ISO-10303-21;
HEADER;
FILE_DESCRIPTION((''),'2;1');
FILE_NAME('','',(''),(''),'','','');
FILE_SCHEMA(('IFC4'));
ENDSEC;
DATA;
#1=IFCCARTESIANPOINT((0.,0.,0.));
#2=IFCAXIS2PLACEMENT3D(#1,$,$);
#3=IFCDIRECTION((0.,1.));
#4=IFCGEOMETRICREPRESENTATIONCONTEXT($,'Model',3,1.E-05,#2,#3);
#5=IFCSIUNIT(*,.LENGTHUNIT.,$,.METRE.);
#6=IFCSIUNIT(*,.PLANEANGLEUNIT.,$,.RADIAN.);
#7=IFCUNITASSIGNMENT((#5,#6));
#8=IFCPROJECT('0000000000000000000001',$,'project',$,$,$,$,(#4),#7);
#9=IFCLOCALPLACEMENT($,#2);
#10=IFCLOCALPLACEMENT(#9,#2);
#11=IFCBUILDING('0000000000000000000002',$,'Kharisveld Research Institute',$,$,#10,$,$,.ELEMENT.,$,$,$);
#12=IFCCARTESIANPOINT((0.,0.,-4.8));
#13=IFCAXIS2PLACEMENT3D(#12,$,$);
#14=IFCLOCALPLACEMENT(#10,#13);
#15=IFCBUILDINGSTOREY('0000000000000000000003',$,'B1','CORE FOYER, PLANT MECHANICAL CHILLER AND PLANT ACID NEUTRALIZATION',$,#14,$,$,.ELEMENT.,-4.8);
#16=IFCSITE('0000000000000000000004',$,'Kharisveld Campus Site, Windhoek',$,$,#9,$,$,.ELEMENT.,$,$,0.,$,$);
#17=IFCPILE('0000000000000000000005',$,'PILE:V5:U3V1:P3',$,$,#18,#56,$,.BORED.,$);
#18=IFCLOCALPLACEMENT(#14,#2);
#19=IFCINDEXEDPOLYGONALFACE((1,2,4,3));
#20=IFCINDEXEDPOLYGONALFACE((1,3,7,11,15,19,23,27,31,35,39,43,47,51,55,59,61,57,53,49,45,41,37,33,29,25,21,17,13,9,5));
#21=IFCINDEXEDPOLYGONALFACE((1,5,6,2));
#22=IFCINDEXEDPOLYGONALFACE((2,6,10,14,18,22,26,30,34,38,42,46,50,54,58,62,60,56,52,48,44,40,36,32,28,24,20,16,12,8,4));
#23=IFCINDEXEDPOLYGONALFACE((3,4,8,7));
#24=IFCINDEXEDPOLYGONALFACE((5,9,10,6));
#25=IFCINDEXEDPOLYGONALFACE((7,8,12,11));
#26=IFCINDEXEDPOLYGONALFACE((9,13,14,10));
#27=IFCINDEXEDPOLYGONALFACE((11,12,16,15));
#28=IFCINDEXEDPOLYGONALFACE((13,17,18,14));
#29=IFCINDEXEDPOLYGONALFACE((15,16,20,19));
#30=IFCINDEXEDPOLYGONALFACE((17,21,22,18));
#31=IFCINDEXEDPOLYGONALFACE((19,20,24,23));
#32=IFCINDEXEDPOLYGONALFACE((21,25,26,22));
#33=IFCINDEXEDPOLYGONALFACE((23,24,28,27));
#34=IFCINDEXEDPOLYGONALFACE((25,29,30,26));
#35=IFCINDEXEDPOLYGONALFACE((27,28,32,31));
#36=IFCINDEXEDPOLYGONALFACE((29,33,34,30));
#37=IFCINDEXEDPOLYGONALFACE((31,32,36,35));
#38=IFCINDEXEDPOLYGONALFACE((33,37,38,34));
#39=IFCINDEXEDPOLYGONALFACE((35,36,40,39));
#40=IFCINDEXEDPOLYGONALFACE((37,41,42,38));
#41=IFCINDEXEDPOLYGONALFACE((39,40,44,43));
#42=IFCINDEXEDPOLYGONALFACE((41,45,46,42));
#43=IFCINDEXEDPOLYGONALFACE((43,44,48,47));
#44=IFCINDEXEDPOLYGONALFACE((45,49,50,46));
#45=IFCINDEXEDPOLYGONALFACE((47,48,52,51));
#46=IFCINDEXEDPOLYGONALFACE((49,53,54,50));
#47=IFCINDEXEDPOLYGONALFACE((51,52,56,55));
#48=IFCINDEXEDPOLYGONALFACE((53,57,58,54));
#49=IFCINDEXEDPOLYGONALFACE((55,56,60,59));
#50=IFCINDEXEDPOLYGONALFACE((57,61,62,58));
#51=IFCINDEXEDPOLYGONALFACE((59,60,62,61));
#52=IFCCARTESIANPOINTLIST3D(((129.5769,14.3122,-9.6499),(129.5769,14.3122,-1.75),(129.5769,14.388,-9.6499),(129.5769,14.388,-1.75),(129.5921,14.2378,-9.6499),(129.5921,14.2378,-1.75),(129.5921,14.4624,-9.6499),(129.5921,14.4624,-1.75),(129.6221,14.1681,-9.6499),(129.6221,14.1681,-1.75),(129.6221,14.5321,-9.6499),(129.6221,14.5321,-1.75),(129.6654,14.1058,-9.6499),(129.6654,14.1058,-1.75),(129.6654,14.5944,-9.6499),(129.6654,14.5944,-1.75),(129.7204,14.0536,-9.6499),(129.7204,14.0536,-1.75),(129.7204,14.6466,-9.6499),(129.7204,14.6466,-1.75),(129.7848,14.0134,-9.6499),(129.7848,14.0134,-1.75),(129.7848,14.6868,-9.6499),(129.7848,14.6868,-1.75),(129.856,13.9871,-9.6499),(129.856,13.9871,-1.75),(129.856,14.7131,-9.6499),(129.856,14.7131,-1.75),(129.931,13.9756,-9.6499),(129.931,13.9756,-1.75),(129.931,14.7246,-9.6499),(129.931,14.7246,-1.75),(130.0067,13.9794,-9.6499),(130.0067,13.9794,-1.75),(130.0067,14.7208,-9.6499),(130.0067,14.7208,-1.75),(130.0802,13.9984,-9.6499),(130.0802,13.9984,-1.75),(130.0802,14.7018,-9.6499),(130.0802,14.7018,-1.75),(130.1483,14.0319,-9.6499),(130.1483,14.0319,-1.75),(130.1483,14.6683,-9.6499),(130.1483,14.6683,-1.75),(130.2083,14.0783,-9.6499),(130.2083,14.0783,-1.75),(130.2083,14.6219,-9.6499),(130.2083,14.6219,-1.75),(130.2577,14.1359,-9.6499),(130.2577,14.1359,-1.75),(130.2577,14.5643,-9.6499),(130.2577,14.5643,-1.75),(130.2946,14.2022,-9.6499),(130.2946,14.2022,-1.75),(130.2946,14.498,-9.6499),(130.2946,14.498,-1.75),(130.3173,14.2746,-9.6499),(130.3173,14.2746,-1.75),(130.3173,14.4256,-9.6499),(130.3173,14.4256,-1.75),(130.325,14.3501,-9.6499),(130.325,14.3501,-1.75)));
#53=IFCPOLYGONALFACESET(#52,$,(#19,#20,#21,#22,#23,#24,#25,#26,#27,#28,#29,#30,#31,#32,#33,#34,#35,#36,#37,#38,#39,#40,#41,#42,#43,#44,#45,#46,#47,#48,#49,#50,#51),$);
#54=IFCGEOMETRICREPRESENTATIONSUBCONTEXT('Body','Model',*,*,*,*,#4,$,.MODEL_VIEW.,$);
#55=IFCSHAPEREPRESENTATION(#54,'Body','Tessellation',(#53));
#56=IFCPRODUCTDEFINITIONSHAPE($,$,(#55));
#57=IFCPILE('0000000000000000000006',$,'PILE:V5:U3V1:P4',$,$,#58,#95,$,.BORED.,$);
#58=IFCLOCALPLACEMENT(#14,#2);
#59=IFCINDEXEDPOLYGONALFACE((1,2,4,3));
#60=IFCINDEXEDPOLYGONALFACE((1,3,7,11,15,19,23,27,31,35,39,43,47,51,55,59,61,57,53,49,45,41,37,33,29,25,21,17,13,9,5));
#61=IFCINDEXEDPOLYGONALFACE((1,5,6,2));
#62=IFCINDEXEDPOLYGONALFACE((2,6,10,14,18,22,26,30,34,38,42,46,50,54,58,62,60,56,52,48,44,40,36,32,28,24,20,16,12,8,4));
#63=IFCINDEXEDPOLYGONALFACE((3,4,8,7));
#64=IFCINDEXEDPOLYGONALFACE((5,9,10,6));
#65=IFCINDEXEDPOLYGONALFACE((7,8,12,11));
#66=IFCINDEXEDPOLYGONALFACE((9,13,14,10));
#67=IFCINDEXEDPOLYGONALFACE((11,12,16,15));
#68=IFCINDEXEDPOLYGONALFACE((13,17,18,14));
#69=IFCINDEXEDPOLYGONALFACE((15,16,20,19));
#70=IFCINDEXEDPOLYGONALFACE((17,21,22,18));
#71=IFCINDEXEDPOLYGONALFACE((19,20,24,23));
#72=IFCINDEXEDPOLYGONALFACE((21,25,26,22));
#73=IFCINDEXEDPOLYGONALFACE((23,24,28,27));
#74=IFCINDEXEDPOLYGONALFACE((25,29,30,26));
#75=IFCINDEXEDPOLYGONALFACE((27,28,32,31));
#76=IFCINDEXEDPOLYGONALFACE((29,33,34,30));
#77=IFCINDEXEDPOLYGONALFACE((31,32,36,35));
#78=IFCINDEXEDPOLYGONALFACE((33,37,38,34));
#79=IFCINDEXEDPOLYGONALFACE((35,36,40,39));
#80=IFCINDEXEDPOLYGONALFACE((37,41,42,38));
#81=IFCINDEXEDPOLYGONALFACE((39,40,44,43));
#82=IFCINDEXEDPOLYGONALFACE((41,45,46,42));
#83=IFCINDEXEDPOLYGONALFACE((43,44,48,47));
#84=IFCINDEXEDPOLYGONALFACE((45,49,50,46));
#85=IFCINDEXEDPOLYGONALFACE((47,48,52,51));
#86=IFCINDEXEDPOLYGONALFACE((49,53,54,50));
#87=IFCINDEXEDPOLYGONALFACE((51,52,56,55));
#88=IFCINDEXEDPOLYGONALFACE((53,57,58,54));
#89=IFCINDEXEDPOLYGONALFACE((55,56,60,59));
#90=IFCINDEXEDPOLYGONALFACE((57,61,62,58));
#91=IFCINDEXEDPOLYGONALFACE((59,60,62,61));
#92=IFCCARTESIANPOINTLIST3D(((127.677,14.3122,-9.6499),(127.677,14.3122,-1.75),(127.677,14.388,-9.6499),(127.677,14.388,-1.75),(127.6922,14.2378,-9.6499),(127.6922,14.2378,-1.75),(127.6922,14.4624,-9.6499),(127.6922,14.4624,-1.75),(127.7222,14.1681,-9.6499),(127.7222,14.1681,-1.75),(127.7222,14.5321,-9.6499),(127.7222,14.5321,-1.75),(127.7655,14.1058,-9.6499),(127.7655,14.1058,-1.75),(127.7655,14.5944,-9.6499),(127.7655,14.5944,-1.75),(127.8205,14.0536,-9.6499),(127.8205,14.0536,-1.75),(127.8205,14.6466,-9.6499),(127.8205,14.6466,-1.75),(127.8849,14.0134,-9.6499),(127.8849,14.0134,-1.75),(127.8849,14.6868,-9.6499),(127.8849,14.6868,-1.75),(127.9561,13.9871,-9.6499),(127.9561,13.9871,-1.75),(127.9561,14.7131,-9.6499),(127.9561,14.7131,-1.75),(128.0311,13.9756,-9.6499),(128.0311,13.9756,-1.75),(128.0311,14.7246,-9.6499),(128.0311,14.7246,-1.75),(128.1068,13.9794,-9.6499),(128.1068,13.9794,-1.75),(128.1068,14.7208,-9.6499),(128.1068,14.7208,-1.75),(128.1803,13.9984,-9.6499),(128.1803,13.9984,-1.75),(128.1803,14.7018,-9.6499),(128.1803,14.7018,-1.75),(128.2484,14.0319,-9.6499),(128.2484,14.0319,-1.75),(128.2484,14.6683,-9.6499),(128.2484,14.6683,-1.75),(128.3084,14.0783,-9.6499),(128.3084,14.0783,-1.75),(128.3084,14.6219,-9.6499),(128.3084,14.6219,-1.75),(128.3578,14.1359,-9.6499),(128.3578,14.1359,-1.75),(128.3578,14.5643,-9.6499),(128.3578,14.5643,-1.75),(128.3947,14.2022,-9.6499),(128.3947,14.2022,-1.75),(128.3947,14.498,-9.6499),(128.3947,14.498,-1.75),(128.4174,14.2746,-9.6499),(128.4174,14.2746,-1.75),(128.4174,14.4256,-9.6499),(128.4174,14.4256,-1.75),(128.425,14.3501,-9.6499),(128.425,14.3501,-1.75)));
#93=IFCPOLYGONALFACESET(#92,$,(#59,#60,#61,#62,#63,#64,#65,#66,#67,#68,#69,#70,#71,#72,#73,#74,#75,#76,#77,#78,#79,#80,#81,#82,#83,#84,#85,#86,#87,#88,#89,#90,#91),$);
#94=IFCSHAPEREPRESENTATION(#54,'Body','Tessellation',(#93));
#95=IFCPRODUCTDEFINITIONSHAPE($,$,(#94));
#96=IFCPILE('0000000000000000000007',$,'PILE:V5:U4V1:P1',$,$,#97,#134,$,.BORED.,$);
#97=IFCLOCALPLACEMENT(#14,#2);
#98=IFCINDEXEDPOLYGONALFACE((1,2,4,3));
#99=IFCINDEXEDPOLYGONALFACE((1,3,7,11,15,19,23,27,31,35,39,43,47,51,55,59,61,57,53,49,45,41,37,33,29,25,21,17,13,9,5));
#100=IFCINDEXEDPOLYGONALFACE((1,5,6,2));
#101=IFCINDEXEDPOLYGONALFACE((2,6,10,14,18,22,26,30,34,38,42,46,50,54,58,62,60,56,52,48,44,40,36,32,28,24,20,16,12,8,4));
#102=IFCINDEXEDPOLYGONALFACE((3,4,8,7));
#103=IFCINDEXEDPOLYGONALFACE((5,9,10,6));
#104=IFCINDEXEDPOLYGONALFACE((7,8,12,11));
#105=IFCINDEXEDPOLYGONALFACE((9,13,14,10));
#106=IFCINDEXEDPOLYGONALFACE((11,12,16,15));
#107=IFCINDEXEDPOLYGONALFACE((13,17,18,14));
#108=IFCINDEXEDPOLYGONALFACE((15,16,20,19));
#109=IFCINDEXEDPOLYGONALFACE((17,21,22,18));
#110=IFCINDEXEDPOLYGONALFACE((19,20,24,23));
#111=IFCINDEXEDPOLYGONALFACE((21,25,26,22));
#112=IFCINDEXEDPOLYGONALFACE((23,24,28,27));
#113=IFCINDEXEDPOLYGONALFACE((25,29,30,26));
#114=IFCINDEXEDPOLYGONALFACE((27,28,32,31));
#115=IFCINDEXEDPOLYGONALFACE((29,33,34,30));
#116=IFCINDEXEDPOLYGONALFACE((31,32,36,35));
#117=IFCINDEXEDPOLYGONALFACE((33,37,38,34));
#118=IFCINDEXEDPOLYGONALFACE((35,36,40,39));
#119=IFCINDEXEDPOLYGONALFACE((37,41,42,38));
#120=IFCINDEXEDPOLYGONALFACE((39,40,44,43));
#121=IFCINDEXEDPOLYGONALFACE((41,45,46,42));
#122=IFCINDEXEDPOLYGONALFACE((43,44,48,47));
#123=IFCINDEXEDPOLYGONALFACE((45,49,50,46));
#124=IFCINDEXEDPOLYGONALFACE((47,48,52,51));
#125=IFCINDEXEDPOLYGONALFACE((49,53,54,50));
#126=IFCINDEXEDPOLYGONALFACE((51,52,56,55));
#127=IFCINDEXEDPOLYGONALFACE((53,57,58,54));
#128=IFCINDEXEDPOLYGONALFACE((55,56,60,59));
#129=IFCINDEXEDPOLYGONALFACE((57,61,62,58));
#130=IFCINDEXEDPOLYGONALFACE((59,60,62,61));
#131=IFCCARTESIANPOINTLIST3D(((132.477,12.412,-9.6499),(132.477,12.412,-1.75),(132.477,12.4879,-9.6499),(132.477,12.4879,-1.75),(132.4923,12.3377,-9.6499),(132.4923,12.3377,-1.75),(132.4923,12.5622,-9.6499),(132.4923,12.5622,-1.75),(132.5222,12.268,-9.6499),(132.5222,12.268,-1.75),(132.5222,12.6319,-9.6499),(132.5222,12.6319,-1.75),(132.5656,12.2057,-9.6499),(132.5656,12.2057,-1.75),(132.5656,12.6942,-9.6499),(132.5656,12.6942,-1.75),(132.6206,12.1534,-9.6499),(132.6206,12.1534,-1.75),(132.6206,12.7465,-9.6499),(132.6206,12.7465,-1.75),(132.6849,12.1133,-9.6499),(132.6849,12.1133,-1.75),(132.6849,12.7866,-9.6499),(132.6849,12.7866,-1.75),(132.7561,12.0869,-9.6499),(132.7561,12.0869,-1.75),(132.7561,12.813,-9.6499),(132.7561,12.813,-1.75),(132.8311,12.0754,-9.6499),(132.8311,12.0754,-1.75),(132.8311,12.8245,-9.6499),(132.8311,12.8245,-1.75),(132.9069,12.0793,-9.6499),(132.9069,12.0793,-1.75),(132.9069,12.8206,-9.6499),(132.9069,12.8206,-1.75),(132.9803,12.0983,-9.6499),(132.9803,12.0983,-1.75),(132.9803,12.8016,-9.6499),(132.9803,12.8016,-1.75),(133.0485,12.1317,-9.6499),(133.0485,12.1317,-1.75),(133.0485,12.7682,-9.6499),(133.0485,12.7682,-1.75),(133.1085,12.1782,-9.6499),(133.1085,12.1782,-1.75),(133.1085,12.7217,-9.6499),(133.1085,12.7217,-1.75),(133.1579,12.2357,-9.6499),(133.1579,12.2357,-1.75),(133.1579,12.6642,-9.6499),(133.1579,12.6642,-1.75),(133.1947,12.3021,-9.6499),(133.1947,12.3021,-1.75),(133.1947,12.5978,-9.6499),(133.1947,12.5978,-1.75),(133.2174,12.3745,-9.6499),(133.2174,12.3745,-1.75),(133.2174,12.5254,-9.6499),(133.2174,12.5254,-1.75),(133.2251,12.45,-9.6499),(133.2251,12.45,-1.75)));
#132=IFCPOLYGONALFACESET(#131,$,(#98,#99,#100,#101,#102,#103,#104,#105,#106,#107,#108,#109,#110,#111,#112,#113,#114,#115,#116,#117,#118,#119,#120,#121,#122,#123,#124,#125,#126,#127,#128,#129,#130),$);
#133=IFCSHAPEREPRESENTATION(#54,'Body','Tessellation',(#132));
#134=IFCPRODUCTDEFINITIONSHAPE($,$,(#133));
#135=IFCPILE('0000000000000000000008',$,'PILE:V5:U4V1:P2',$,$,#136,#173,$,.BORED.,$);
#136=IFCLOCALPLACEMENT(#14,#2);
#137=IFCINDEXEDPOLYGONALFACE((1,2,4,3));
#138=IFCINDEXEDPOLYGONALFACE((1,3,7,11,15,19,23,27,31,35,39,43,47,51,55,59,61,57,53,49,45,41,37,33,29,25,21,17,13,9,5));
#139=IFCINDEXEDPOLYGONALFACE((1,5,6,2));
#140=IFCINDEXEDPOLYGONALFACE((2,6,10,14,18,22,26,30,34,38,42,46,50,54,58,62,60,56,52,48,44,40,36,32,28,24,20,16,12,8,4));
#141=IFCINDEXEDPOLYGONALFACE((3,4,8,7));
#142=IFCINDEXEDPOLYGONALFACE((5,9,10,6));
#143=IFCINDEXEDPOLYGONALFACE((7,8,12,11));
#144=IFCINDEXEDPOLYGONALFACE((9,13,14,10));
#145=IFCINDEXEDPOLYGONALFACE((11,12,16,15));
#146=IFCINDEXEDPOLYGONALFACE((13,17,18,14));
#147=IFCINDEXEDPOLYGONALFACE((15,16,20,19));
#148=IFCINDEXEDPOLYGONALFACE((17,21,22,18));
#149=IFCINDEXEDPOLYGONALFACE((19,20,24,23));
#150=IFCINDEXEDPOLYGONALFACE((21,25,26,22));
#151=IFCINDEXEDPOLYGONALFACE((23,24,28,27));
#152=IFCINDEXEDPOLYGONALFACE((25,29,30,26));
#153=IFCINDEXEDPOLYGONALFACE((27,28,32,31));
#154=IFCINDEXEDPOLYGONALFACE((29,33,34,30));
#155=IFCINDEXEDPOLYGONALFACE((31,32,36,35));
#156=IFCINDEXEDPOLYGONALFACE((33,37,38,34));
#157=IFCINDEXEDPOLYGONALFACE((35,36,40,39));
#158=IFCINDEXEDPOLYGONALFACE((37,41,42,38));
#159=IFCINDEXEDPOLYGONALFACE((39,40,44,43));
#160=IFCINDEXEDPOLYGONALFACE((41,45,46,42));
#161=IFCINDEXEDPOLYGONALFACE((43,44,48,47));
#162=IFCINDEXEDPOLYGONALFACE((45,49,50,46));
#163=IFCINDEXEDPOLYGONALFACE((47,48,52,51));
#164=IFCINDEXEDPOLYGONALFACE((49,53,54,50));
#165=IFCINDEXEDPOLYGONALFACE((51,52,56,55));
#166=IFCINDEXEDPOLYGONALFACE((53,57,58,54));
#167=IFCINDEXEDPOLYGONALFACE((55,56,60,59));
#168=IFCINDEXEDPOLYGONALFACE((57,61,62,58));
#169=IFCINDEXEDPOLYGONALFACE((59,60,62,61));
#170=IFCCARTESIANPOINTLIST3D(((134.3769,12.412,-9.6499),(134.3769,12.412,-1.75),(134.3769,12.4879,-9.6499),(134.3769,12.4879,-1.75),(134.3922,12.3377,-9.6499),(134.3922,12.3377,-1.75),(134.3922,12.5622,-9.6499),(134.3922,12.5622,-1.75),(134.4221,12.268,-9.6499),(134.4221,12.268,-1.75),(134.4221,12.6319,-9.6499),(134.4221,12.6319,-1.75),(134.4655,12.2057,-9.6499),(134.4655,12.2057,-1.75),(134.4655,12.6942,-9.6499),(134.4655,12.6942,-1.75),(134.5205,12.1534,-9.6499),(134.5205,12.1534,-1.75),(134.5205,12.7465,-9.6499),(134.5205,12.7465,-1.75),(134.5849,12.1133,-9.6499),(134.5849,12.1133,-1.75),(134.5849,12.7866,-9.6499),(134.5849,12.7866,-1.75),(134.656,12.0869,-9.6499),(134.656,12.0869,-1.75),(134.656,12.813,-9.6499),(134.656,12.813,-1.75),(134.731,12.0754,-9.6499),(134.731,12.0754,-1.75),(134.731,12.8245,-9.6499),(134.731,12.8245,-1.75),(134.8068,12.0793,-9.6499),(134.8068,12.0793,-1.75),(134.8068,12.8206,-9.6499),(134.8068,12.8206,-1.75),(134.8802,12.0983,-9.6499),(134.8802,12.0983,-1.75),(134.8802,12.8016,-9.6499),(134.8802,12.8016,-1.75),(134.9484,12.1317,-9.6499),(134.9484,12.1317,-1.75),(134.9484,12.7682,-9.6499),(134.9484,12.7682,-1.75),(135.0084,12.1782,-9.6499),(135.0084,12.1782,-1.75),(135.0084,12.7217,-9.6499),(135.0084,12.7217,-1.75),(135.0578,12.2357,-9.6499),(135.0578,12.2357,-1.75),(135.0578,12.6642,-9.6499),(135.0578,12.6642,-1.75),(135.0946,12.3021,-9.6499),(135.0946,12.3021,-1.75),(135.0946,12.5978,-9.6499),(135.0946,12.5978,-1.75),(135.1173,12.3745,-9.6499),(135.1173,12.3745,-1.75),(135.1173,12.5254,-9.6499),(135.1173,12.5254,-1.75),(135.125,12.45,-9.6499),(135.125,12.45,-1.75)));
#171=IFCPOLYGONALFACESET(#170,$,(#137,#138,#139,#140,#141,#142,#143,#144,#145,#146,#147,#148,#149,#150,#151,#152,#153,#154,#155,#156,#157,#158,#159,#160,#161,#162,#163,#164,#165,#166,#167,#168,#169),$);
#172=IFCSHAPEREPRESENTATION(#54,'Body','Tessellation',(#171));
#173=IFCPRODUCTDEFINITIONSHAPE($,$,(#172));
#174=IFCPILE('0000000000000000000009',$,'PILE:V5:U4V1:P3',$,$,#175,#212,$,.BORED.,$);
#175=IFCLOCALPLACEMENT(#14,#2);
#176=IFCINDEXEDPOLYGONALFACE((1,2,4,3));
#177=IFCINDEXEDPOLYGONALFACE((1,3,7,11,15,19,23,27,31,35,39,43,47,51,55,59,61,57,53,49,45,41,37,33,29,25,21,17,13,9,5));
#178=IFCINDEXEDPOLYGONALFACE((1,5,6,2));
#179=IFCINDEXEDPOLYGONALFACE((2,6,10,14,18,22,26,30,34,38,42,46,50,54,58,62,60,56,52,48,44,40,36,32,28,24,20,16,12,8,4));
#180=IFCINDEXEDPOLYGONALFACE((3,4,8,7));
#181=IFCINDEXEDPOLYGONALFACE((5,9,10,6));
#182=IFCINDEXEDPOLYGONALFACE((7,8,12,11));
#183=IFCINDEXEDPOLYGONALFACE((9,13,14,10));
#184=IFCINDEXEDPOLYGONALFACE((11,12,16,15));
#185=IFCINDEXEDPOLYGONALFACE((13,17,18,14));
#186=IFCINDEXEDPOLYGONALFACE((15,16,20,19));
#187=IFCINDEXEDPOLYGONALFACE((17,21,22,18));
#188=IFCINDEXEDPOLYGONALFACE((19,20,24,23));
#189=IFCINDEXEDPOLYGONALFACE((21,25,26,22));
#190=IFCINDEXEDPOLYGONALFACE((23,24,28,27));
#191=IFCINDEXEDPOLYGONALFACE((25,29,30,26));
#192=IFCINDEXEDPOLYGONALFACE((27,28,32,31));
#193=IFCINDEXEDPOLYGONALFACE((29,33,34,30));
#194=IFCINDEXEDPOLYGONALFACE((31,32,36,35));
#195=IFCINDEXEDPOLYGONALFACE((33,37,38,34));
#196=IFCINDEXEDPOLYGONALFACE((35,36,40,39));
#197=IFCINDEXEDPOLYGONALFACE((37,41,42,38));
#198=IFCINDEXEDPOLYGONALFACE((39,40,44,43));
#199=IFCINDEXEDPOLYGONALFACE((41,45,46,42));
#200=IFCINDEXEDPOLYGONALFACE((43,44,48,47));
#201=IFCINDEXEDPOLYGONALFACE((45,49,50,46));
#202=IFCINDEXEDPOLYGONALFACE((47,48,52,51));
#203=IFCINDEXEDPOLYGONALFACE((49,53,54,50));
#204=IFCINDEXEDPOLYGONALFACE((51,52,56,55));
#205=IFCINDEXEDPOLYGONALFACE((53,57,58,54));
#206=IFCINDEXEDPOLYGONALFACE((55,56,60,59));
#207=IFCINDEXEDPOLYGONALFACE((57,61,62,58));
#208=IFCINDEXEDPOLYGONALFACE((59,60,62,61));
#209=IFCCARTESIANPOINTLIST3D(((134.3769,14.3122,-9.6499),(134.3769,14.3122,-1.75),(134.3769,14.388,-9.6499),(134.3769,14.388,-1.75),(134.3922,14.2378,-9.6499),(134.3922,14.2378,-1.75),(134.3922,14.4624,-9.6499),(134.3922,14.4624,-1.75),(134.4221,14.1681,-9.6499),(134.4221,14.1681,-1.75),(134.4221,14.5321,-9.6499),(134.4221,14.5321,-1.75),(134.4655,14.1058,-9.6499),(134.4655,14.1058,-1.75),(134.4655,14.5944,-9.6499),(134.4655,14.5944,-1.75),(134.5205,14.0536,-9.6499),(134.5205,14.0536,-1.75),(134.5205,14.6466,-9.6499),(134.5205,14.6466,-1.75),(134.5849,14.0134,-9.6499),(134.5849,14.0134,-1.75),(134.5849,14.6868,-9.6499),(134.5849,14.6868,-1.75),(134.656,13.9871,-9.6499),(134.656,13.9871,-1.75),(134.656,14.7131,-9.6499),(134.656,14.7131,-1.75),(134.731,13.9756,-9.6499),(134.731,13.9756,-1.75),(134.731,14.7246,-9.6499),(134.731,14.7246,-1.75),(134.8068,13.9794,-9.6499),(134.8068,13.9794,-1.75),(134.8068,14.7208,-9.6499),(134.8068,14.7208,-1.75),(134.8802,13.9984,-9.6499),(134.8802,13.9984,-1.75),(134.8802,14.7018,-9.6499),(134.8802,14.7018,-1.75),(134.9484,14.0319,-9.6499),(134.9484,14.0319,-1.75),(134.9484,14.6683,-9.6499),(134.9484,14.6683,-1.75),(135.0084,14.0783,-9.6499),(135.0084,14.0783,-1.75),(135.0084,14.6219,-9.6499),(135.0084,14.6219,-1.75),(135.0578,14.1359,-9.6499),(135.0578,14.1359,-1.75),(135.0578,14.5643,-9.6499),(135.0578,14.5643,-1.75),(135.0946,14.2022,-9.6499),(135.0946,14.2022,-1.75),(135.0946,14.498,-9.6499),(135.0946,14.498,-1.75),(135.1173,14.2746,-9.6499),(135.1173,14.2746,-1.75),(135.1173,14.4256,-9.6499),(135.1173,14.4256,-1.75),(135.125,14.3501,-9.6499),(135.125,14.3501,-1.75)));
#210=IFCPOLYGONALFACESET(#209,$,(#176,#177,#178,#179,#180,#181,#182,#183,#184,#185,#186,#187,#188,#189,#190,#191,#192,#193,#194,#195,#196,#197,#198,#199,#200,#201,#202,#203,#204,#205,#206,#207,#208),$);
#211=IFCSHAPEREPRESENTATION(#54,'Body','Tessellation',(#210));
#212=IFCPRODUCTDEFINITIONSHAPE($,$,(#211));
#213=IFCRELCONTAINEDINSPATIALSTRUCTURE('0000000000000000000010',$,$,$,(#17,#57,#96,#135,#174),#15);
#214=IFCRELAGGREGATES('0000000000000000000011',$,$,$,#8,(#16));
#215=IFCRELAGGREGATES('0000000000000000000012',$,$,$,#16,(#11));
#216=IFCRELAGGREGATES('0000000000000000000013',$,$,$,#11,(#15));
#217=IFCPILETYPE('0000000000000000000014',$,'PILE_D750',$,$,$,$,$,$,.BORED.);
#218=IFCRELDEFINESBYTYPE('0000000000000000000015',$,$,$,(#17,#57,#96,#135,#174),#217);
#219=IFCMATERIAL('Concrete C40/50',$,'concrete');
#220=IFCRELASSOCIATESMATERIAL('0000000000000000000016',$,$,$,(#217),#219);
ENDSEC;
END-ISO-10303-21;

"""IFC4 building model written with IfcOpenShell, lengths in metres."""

from ifc_helpers import new_model, si_unit, direction, frame, origin, origin_2d, place, context, subcontext, project, spatial, circle, extrude, material, material_profile, profile_set, type_object, element, save


model = new_model("IFC4")

# Units and contexts
model_context = context("Model", 3, precision=1e-05, world=origin(), true_north=direction((0.0, 1.0)))
body_context = subcontext(model_context, "Body", "Model", "MODEL_VIEW")
ifc_project = project(units=[si_unit("LENGTHUNIT", "METRE"), si_unit("PLANEANGLEUNIT", "RADIAN")], contexts=[model_context])

# Site, building, storey
site_placement = place(None, origin())
site = spatial("IfcSite", under=ifc_project, at=site_placement, Name="Kharisveld Campus Site, Windhoek", CompositionType="ELEMENT", RefElevation=0.0)
building_placement = place(site_placement, origin())
building = spatial("IfcBuilding", under=site, at=building_placement, Name="Kharisveld Research Institute", CompositionType="ELEMENT")
storey_placement = place(building_placement, frame((0.0, 0.0, -4.8)))
storey = spatial("IfcBuildingStorey", under=building, at=storey_placement, Name="B1", Description="CORE FOYER, PLANT MECHANICAL CHILLER AND PLANT ACID NEUTRALIZATION", CompositionType="ELEMENT", Elevation=-4.8)

# Piles
ifc_material_1 = material(Name="Concrete C40/50", Category="concrete")
ifc_material_profile_1 = material_profile(ifc_material_1, circle(Radius=0.375, at=origin_2d()))
ifc_profile_set_1 = profile_set([ifc_material_profile_1], Name="Concrete C40/50")
pile_type_1 = type_object("IfcPileType", Name="PILE_D750", PredefinedType="BORED", material=ifc_profile_set_1)
for number, where, z_axis, x_axis, name in (
    (1, (129.95, 14.3501, -1.75), (0.0, 0.0, -1.0), (1.0, 0.0, 0.0), "PILE:V5:U3V1:P3"),
    (2, (128.05, 14.3501, -1.75), (0.0, 0.0, -1.0), (1.0, 0.0, 0.0), "PILE:V5:U3V1:P4"),
    (3, (132.8501, 12.45, -1.75), (0.0, 0.0, -1.0), (1.0, 0.0, 0.0), "PILE:V5:U4V1:P1"),
    (4, (134.75, 12.45, -1.75), (0.0, 0.0, -1.0), (1.0, 0.0, 0.0), "PILE:V5:U4V1:P2"),
    (5, (134.75, 14.3501, -1.75), (0.0, 0.0, -1.0), (1.0, 0.0, 0.0), "PILE:V5:U4V1:P3"),
):
    element("IfcPile", number, at=place(storey_placement, frame(where, z_axis=z_axis, x_axis=x_axis)), inside=storey, type_object=pile_type_1, Name=name, PredefinedType="BORED", context=body_context, shape_type="SweptSolid", body=[
        extrude(circle(Radius=0.375, at=origin_2d()), origin(), (0.0, 0.0, 1.0), 7.8999),
    ])

save(model, "model.ifc")
